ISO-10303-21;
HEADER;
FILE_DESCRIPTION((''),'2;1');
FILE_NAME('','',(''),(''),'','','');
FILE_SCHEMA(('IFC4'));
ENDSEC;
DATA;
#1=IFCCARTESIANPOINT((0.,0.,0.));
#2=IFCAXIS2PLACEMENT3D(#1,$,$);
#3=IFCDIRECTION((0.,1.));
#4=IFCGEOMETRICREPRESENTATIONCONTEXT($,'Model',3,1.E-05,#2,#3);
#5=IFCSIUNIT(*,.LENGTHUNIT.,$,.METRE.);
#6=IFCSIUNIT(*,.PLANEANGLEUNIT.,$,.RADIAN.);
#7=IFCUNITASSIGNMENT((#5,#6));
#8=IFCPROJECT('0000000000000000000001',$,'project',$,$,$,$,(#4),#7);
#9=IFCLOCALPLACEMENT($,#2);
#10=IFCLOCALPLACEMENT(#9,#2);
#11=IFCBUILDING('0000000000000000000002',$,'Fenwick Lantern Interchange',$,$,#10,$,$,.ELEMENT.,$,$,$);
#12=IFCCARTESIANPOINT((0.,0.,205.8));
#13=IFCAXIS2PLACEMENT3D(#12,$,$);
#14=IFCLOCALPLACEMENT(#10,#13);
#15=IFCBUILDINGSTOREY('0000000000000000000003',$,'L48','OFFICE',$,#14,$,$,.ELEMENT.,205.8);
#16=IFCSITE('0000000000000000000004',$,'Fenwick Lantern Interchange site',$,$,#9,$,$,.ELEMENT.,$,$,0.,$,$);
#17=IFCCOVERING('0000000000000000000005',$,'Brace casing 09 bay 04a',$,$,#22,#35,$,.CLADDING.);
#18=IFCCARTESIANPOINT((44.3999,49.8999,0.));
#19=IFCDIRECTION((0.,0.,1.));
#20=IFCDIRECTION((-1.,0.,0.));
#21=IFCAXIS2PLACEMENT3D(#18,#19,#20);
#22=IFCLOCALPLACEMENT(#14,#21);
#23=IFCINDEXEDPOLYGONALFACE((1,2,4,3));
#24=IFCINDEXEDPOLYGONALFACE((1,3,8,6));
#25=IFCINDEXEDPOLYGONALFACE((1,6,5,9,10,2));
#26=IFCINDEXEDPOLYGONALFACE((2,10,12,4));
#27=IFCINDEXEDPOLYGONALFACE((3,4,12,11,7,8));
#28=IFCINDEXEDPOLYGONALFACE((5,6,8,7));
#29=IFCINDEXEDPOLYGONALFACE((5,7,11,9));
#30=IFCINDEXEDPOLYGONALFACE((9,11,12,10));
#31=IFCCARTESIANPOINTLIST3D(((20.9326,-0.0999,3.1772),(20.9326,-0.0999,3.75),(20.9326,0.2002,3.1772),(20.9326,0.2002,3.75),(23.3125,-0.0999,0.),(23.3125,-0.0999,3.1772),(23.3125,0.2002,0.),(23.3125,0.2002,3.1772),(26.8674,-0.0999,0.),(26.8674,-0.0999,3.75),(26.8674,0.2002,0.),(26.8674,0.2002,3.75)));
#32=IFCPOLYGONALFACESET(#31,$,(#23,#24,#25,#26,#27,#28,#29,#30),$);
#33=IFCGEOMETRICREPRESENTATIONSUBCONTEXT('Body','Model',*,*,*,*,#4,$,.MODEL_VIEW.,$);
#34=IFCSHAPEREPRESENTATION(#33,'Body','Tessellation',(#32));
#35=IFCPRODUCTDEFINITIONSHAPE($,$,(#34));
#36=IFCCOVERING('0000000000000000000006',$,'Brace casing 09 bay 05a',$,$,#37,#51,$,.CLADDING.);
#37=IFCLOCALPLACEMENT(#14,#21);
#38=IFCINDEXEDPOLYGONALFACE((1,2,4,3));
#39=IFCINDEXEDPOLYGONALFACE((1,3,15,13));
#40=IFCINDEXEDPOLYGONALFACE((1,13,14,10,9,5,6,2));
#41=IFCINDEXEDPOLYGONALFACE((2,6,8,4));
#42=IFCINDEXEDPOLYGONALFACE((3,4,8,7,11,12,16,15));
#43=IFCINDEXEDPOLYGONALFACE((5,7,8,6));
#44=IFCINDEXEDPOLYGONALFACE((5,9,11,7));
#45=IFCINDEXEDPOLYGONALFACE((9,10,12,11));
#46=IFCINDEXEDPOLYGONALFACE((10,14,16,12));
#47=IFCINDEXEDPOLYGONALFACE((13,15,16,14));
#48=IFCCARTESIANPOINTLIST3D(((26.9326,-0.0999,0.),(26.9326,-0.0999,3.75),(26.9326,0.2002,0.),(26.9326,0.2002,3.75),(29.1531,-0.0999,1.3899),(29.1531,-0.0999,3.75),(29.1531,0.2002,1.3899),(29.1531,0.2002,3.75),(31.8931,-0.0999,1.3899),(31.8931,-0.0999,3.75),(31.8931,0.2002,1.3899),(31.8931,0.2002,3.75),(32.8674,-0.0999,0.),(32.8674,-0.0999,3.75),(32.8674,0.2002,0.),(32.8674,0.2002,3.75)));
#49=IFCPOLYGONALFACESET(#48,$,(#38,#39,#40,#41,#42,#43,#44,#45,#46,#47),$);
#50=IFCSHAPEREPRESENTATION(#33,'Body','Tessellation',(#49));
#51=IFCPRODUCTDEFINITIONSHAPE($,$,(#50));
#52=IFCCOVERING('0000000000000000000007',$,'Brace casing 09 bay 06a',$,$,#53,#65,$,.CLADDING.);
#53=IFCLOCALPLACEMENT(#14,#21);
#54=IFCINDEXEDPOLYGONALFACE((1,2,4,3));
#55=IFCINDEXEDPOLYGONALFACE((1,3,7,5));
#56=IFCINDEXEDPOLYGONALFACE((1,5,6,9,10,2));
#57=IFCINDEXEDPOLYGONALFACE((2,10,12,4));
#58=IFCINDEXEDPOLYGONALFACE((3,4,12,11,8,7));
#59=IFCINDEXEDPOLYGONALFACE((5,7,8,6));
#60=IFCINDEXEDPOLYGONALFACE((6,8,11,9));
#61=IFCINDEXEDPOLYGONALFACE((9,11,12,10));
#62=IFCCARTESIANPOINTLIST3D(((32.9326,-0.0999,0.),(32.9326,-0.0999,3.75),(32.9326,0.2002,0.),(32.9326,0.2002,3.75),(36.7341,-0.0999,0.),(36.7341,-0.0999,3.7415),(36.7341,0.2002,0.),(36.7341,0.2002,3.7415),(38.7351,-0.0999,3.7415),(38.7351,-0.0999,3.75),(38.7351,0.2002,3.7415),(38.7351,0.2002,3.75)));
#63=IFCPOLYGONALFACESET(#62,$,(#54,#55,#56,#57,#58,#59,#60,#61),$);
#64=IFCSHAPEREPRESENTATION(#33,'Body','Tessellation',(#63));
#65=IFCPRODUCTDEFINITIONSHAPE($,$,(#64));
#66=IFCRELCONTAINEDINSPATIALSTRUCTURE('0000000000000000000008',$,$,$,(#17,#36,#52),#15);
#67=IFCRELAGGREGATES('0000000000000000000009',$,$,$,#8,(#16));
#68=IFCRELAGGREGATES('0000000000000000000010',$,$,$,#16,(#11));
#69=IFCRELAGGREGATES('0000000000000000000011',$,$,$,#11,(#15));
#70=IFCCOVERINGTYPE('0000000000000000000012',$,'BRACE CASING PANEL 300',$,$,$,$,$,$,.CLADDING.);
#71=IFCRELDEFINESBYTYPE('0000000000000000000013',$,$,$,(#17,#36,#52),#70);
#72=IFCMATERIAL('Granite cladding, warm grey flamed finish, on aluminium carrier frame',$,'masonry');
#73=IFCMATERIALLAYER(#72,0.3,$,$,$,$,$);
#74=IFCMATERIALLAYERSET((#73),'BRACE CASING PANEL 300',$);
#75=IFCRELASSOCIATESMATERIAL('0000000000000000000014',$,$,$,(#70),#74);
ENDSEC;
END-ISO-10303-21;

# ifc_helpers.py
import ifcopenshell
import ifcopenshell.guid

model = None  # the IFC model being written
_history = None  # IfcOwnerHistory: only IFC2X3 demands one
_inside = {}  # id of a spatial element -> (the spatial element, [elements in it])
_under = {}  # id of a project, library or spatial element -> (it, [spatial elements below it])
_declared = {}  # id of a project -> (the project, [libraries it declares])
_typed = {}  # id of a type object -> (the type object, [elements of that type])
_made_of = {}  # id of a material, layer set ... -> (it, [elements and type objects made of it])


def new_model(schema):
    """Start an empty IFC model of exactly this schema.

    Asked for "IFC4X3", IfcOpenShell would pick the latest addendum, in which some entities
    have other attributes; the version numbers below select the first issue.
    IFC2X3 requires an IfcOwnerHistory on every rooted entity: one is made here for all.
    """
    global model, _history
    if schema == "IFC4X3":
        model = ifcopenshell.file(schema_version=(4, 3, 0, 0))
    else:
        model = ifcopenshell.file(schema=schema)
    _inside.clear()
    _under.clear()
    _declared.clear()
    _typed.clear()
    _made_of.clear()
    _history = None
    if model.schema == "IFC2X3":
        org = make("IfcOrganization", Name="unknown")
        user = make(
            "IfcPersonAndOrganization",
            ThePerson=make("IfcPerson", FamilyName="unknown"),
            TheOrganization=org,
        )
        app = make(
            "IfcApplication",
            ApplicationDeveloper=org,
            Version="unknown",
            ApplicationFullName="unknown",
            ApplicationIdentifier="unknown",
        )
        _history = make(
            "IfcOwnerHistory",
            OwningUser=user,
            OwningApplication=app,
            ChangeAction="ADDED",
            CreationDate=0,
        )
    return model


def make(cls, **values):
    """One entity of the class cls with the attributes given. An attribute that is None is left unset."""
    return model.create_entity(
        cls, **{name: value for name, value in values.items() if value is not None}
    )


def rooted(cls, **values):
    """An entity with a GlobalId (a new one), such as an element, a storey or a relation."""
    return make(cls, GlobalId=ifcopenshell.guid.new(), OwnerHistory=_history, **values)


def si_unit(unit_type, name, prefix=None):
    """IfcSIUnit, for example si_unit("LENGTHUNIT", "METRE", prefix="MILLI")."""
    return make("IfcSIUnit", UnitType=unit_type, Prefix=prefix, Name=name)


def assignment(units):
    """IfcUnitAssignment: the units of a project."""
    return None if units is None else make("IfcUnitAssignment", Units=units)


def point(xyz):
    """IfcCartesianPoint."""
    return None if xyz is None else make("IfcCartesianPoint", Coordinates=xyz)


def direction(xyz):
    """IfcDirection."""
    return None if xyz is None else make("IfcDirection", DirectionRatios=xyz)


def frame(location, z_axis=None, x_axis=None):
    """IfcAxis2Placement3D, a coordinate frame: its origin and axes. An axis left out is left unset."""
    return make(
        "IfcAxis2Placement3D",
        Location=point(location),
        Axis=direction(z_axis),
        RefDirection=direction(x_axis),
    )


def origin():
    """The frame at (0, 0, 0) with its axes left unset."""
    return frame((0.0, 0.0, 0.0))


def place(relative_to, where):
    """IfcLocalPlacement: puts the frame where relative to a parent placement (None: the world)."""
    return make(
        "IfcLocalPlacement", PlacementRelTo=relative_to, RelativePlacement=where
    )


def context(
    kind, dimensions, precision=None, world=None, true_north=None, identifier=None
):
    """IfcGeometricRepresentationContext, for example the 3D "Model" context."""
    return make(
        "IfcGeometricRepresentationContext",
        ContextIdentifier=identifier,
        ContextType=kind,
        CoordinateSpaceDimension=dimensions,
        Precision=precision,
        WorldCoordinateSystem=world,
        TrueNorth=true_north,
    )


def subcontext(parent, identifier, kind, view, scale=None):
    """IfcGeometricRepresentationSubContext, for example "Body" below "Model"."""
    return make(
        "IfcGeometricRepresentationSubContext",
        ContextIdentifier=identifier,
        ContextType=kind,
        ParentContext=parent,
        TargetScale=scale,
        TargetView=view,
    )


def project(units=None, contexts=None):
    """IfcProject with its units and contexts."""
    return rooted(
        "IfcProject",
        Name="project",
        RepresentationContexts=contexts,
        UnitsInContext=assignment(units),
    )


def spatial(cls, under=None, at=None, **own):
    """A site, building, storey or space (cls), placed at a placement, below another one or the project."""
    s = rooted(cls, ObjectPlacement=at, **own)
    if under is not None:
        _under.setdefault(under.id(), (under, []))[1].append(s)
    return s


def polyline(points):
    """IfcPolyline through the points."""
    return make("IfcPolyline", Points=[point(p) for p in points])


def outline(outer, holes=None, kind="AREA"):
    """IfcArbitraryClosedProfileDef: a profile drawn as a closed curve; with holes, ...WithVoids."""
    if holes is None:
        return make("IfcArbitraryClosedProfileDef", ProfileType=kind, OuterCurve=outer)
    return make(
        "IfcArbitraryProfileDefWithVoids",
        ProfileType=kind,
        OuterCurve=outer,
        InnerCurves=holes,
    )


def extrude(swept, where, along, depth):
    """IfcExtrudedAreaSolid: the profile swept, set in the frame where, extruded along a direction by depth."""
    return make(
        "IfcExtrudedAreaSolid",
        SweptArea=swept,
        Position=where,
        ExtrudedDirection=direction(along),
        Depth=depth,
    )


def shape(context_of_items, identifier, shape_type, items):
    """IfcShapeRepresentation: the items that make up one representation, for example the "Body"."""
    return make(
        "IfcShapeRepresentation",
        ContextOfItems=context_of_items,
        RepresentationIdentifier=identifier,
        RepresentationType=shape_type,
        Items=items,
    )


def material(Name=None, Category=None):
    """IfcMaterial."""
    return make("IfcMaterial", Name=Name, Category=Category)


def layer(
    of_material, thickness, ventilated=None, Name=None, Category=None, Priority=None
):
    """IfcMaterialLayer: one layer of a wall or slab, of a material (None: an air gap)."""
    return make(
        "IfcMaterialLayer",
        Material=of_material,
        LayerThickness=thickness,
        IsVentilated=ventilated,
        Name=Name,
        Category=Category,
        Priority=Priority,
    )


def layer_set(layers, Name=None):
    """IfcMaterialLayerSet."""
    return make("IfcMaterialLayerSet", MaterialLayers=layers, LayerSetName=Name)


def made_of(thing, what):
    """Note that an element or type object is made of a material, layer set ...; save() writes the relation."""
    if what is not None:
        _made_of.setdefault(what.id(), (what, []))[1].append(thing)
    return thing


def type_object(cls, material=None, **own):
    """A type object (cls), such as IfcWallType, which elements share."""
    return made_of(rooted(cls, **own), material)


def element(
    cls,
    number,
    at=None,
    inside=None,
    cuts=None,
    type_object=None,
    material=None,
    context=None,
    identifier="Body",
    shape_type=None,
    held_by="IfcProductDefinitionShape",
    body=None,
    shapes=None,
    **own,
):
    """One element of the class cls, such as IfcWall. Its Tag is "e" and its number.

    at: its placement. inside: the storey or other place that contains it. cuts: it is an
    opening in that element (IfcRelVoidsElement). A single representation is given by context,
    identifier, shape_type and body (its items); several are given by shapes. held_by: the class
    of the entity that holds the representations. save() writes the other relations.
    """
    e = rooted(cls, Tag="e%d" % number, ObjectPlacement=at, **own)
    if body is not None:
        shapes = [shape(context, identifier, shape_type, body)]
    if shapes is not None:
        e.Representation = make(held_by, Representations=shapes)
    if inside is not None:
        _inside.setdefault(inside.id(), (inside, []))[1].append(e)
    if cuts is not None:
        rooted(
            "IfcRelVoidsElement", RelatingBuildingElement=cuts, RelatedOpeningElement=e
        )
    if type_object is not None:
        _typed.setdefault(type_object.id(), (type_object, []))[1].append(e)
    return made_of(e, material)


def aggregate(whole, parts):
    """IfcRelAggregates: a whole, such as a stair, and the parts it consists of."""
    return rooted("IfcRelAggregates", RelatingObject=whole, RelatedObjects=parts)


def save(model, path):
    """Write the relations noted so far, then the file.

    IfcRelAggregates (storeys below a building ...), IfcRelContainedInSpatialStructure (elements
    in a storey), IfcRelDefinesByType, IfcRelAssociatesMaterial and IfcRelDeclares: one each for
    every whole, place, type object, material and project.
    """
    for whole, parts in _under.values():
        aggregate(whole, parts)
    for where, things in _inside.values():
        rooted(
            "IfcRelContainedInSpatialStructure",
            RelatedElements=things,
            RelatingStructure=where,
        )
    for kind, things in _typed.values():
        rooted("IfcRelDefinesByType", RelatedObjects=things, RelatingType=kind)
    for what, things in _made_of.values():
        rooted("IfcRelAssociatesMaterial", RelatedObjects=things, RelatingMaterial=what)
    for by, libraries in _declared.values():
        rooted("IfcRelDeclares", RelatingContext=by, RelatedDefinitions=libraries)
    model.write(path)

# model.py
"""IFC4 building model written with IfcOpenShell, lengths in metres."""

from ifc_helpers import new_model, si_unit, direction, frame, origin, place, context, subcontext, project, spatial, polyline, outline, extrude, material, layer, layer_set, type_object, element, save


model = new_model("IFC4")

# Units and contexts
model_context = context("Model", 3, precision=1e-05, world=origin(), true_north=direction((0.0, 1.0)))
body_context = subcontext(model_context, "Body", "Model", "MODEL_VIEW")
ifc_project = project(units=[si_unit("LENGTHUNIT", "METRE"), si_unit("PLANEANGLEUNIT", "RADIAN")], contexts=[model_context])

# Site, building, storey
site_placement = place(None, origin())
site = spatial("IfcSite", under=ifc_project, at=site_placement, Name="Fenwick Lantern Interchange site", CompositionType="ELEMENT", RefElevation=0.0)
building_placement = place(site_placement, origin())
building = spatial("IfcBuilding", under=site, at=building_placement, Name="Fenwick Lantern Interchange", CompositionType="ELEMENT")
storey_placement = place(building_placement, frame((0.0, 0.0, 205.8)))
storey = spatial("IfcBuildingStorey", under=building, at=storey_placement, Name="L48", Description="OFFICE", CompositionType="ELEMENT", Elevation=205.8)

# Coverings
ifc_material_1 = material(Name="Granite cladding, warm grey flamed finish, on aluminium carrier frame", Category="masonry")
ifc_layer_1 = layer(ifc_material_1, 0.3)
ifc_layer_set_1 = layer_set([ifc_layer_1], Name="BRACE CASING PANEL 300")
covering_type = type_object("IfcCoveringType", Name="BRACE CASING PANEL 300", PredefinedType="CLADDING", material=ifc_layer_set_1)
covering_1_placement = place(storey_placement, frame((44.3999, 49.8999, 0.0), z_axis=(0.0, 0.0, 1.0), x_axis=(-1.0, 0.0, 0.0)))
element("IfcCovering", 1, at=covering_1_placement, inside=storey, type_object=covering_type, Name="Brace casing 09 bay 04a", PredefinedType="CLADDING", context=body_context, shape_type="SweptSolid", body=[
    extrude(outline(polyline([(23.3125, 0.0), (26.8674, 0.0), (26.8674, 3.75), (20.9326, 3.75), (20.9326, 3.1772), (23.3125, 3.1772), (23.3125, 0.0)])), frame((0.0, 0.2002, 0.0), z_axis=(0.0, -1.0, 0.0), x_axis=(1.0, 0.0, 0.0)), (0.0, 0.0, 1.0), 0.3),
])
covering_2_placement = place(storey_placement, frame((44.3999, 49.8999, 0.0), z_axis=(0.0, 0.0, 1.0), x_axis=(-1.0, 0.0, 0.0)))
element("IfcCovering", 2, at=covering_2_placement, inside=storey, type_object=covering_type, Name="Brace casing 09 bay 05a", PredefinedType="CLADDING", context=body_context, shape_type="SweptSolid", body=[
    extrude(outline(polyline([(26.9326, 0.0), (32.8674, 0.0), (32.8674, 3.75), (31.8931, 3.75), (31.8931, 1.3899), (29.1531, 1.3899), (29.1531, 3.75), (26.9326, 3.75), (26.9326, 0.0)])), frame((0.0, 0.2002, 0.0), z_axis=(0.0, -1.0, 0.0), x_axis=(1.0, 0.0, 0.0)), (0.0, 0.0, 1.0), 0.3),
])
covering_3_placement = place(storey_placement, frame((44.3999, 49.8999, 0.0), z_axis=(0.0, 0.0, 1.0), x_axis=(-1.0, 0.0, 0.0)))
element("IfcCovering", 3, at=covering_3_placement, inside=storey, type_object=covering_type, Name="Brace casing 09 bay 06a", PredefinedType="CLADDING", context=body_context, shape_type="SweptSolid", body=[
    extrude(outline(polyline([(32.9326, 0.0), (36.7341, 0.0), (36.7341, 3.7415), (38.7351, 3.7415), (38.7351, 3.75), (32.9326, 3.75), (32.9326, 0.0)])), frame((0.0, 0.2002, 0.0), z_axis=(0.0, -1.0, 0.0), x_axis=(1.0, 0.0, 0.0)), (0.0, 0.0, 1.0), 0.3),
])

save(model, "model.ifc")
